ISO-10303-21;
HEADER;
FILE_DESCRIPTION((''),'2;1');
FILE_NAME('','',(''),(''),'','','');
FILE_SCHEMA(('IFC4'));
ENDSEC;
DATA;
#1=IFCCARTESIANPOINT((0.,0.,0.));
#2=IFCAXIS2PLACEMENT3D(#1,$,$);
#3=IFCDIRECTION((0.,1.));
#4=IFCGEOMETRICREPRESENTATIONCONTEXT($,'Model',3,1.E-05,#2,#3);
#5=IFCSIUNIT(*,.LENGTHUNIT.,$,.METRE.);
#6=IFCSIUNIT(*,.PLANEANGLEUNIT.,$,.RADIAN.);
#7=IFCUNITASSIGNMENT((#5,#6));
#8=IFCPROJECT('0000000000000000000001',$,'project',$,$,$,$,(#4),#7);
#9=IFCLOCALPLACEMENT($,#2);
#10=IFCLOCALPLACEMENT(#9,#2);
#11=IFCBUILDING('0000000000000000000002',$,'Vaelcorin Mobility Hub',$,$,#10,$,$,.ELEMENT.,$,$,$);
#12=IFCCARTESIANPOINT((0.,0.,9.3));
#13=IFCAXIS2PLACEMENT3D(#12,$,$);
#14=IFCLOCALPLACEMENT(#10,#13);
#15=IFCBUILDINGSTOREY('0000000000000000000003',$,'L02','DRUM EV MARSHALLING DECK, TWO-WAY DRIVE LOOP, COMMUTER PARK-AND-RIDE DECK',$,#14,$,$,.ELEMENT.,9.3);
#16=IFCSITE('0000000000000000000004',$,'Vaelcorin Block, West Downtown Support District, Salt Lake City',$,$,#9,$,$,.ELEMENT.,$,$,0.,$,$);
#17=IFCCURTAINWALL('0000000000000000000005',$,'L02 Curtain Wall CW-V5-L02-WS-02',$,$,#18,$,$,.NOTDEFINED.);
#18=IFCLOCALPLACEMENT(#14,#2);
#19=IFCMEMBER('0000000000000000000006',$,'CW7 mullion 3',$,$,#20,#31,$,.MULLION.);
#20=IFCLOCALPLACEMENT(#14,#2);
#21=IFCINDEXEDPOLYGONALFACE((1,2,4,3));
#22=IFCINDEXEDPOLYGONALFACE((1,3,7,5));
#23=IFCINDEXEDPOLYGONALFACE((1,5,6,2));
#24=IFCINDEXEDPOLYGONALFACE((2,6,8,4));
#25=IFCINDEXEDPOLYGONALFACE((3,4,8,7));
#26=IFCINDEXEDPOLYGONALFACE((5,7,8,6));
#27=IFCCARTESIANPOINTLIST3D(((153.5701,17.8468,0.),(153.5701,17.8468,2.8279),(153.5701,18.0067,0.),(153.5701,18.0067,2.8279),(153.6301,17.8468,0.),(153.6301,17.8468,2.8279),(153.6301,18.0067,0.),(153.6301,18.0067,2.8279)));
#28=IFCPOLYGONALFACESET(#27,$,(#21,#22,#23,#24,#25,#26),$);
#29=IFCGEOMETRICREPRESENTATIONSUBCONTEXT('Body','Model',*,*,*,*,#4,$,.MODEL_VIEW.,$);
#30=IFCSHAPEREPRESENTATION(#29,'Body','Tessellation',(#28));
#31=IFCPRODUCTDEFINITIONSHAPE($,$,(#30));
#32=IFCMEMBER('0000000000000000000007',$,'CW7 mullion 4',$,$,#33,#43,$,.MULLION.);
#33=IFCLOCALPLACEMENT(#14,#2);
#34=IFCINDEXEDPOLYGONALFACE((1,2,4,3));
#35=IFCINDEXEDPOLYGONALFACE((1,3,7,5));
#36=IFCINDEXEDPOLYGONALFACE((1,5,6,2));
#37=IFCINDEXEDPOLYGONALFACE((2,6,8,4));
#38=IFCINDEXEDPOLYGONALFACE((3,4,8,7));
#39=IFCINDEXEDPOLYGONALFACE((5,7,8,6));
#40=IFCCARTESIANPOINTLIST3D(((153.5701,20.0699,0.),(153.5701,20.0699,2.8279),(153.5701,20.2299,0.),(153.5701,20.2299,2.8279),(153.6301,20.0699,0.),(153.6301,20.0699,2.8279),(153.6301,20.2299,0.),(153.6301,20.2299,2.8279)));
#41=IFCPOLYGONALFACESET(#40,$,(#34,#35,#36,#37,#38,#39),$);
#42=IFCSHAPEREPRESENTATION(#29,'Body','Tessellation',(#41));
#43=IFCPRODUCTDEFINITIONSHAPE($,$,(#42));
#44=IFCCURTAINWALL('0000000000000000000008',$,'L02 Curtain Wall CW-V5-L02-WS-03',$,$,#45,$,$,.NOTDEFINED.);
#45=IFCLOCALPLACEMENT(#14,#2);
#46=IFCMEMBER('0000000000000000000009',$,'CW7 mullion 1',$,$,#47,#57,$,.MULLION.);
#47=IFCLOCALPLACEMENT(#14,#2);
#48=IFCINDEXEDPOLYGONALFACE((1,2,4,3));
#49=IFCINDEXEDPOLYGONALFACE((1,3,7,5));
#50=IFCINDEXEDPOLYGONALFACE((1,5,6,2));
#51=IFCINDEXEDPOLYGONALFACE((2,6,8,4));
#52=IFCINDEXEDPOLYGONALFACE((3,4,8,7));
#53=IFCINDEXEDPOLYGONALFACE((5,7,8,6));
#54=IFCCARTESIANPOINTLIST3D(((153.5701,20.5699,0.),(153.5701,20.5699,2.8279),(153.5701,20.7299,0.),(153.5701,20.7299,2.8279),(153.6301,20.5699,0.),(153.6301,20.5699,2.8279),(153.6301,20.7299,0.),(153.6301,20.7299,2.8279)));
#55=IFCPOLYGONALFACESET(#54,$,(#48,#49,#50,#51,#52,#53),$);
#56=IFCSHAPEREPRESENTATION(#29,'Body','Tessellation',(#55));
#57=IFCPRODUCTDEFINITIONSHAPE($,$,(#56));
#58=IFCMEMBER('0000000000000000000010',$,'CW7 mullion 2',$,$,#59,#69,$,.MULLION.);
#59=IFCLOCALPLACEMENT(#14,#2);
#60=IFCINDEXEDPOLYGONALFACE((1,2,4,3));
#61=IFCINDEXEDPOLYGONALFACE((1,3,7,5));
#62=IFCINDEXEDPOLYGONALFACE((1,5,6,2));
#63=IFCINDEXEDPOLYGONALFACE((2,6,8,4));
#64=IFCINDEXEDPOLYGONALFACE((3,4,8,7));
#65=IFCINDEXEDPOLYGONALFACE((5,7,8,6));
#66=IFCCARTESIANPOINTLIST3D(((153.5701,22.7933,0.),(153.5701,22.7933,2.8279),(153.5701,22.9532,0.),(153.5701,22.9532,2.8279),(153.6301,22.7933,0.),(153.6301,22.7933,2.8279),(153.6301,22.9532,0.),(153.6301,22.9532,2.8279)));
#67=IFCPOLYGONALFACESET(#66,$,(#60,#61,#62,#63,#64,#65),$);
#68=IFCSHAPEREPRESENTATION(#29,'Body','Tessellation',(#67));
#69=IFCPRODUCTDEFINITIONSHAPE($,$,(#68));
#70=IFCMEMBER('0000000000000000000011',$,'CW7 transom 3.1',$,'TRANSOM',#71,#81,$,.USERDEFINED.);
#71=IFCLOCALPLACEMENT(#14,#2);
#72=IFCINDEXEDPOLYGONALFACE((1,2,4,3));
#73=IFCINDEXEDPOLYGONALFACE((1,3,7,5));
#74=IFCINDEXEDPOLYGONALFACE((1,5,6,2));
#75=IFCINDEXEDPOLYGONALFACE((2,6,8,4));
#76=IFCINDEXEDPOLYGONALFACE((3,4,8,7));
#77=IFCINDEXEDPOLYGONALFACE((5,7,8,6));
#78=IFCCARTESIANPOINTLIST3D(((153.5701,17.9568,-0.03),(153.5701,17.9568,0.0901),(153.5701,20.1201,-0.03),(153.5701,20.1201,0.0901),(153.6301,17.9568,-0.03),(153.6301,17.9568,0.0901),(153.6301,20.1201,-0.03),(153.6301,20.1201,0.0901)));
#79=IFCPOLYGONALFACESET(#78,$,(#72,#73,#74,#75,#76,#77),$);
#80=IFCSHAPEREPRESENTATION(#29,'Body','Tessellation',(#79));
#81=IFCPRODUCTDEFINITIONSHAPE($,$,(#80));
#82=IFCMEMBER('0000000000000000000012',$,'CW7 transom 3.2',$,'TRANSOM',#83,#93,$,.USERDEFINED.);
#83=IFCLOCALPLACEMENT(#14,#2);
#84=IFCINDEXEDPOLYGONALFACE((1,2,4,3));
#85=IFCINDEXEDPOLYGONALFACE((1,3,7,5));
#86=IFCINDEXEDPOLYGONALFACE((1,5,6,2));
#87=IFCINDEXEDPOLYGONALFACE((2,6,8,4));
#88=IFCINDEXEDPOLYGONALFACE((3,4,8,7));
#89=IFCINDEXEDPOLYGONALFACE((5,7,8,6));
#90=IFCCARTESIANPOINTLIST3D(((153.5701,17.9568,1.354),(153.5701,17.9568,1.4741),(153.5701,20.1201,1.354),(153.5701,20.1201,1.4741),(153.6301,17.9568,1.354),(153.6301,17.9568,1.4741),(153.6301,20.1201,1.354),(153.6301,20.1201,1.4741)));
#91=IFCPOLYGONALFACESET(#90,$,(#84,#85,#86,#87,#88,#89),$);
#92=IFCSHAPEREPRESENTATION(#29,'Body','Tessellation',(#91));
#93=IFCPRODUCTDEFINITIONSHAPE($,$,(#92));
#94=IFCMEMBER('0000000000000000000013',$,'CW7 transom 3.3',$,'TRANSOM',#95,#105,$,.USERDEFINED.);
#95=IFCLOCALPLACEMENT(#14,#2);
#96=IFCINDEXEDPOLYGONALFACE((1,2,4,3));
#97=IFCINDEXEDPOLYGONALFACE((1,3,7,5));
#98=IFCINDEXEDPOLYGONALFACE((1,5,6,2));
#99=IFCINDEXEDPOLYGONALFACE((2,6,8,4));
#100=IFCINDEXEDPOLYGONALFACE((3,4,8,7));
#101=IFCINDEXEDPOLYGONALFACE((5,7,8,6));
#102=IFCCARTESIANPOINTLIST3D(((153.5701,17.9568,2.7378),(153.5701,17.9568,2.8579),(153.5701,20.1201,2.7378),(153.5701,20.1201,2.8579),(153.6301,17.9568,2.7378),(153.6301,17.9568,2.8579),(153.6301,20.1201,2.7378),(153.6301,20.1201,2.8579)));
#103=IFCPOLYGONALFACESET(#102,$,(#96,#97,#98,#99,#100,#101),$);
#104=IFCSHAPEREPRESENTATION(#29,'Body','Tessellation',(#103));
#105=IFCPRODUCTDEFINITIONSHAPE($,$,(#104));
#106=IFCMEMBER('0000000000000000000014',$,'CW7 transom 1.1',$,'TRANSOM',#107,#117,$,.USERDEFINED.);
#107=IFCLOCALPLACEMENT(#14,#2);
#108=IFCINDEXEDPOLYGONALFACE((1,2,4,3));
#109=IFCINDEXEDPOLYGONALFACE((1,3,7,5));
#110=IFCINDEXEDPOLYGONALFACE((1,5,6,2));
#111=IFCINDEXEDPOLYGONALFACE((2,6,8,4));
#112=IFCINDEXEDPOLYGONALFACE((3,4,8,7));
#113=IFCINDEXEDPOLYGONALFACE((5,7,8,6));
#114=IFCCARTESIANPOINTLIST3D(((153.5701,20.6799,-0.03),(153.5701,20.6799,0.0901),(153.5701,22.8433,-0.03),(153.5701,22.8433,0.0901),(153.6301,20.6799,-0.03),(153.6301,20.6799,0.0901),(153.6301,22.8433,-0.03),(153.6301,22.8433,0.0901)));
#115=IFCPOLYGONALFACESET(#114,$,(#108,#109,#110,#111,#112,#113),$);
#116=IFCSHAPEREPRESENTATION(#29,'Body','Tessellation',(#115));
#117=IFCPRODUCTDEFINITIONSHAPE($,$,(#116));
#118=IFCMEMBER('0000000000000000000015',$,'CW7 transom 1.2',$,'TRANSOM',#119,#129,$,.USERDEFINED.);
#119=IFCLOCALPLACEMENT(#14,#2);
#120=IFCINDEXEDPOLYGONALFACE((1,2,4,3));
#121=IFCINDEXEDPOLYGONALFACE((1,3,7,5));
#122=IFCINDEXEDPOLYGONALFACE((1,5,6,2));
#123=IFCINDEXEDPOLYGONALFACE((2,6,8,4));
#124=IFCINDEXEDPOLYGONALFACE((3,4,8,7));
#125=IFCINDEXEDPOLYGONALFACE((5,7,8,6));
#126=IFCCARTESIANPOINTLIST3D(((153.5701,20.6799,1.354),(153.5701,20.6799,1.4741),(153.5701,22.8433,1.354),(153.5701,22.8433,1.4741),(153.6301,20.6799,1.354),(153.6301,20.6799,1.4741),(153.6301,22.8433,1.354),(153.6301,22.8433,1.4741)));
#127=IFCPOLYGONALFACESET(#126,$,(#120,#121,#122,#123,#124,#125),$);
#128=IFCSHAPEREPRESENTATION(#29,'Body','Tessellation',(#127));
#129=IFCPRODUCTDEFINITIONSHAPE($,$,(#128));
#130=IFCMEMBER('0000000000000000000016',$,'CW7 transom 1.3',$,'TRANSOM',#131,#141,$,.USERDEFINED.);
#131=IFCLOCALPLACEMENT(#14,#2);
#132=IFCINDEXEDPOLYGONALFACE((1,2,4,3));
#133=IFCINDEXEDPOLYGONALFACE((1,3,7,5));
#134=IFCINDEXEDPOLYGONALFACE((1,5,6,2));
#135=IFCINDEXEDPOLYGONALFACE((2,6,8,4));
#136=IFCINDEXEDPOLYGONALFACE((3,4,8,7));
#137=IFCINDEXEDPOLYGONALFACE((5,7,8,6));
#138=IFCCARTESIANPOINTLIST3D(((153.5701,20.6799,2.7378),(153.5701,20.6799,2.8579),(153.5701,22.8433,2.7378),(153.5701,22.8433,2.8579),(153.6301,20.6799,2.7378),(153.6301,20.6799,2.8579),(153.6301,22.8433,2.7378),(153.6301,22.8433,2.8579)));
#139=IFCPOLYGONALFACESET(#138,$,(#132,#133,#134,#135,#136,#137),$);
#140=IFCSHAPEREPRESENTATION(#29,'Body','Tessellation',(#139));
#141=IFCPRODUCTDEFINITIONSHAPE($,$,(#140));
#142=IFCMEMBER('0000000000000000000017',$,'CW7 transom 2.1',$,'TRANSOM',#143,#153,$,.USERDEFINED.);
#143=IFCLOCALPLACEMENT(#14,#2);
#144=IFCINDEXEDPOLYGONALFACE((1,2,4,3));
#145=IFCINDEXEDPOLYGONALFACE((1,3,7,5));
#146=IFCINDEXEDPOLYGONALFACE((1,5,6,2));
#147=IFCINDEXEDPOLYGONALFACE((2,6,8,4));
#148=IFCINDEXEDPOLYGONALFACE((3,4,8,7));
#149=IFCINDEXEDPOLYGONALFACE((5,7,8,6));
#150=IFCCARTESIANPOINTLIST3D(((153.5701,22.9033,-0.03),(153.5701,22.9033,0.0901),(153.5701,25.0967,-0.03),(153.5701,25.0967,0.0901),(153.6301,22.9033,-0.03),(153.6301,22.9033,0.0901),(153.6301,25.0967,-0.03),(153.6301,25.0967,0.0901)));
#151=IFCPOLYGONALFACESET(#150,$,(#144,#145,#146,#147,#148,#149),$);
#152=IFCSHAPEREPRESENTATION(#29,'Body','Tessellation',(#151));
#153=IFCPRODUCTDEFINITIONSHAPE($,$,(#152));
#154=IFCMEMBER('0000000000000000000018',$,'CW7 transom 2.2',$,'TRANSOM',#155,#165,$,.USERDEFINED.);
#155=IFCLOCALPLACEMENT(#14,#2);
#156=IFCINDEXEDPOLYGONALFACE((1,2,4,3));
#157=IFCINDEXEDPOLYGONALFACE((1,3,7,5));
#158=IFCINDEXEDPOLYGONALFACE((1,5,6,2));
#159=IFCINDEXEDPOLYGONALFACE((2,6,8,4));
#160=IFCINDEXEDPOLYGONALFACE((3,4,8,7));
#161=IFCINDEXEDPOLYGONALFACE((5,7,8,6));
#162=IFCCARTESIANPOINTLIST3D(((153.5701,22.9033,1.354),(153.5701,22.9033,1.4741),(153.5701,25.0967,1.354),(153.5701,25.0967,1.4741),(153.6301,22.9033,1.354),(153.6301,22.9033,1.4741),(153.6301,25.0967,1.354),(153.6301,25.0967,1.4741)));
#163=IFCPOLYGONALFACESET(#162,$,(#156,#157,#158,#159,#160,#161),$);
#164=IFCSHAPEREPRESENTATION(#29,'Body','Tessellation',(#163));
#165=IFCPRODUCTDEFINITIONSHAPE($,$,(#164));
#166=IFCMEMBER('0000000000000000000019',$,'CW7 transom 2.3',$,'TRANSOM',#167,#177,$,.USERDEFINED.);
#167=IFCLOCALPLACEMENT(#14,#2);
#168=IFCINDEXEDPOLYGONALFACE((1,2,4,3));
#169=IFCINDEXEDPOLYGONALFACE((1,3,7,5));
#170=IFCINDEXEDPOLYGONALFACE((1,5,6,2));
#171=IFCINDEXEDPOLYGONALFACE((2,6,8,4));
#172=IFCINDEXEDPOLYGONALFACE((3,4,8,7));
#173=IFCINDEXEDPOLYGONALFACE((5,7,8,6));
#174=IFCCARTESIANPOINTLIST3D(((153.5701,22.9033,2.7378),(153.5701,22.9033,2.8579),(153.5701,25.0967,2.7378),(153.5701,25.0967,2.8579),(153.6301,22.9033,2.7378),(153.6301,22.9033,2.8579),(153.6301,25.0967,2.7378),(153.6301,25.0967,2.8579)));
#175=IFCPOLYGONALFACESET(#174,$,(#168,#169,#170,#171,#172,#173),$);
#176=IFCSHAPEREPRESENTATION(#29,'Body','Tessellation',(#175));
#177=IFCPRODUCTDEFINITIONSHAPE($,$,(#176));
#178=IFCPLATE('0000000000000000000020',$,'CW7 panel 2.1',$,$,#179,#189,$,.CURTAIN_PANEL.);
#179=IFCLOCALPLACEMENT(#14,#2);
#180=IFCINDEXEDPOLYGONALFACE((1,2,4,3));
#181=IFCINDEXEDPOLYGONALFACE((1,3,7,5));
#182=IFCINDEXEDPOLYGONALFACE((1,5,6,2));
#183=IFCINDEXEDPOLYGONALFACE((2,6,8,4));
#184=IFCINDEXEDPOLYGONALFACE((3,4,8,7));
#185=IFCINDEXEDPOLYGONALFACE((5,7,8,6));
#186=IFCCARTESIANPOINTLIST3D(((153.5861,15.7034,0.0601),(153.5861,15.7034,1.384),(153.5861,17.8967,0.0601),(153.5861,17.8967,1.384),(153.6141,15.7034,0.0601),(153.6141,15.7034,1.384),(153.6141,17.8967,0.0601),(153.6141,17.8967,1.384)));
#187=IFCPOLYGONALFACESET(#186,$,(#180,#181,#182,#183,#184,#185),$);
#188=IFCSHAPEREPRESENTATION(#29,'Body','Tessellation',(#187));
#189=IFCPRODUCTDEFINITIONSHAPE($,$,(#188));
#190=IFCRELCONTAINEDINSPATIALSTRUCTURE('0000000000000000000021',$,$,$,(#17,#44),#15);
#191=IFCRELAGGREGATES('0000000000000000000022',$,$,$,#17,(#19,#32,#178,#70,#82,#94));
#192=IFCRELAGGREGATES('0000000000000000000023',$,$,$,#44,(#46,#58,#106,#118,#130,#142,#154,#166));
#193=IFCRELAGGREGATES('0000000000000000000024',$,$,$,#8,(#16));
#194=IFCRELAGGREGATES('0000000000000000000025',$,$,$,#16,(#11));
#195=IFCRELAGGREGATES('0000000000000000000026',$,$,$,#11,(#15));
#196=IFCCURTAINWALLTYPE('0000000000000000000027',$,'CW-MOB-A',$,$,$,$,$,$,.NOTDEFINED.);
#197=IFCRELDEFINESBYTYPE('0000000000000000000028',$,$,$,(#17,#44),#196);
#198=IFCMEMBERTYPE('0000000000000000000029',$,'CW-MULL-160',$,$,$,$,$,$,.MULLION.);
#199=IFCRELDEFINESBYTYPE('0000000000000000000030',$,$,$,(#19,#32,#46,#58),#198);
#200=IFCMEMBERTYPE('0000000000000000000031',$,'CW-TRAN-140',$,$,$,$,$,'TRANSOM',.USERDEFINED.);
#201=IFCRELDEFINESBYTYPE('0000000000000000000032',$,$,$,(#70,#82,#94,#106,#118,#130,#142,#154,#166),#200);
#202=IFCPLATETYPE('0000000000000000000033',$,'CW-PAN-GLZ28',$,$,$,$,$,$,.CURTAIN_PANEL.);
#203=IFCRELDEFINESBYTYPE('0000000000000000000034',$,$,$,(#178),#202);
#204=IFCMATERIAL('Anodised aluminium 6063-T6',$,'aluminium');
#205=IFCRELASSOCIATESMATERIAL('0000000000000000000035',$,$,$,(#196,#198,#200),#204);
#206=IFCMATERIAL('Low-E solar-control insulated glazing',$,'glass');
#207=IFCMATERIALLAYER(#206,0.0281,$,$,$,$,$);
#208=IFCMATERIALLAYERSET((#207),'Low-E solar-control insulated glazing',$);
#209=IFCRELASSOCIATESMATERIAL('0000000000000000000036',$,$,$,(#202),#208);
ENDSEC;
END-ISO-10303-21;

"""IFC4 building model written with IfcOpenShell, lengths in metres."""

from ifc_helpers import new_model, si_unit, direction, frame, origin, origin_2d, place, context, subcontext, project, spatial, rectangle, extrude, material, layer, layer_set, material_profile, profile_set, type_object, element, aggregate, save


model = new_model("IFC4")

# Units and contexts
model_context = context("Model", 3, precision=1e-05, world=origin(), true_north=direction((0.0, 1.0)))
body_context = subcontext(model_context, "Body", "Model", "MODEL_VIEW")
ifc_project = project(units=[si_unit("LENGTHUNIT", "METRE"), si_unit("PLANEANGLEUNIT", "RADIAN")], contexts=[model_context])

# Site, building, storey
site_placement = place(None, origin())
site = spatial("IfcSite", under=ifc_project, at=site_placement, Name="Vaelcorin Block, West Downtown Support District, Salt Lake City", CompositionType="ELEMENT", RefElevation=0.0)
building_placement = place(site_placement, origin())
building = spatial("IfcBuilding", under=site, at=building_placement, Name="Vaelcorin Mobility Hub", CompositionType="ELEMENT")
storey_placement = place(building_placement, frame((0.0, 0.0, 9.3)))
storey = spatial("IfcBuildingStorey", under=building, at=storey_placement, Name="L02", Description="DRUM EV MARSHALLING DECK, TWO-WAY DRIVE LOOP, COMMUTER PARK-AND-RIDE DECK", CompositionType="ELEMENT", Elevation=9.3)

# Curtain walls, members
ifc_material_1 = material(Name="Anodised aluminium 6063-T6", Category="aluminium")
curtain_wall_type = type_object("IfcCurtainWallType", Name="CW-MOB-A", PredefinedType="NOTDEFINED", material=ifc_material_1)
curtain_wall_1_placement = place(storey_placement, origin())
curtain_wall_1 = element("IfcCurtainWall", 1, at=curtain_wall_1_placement, inside=storey, type_object=curtain_wall_type, Name="L02 Curtain Wall CW-V5-L02-WS-02", PredefinedType="NOTDEFINED")
ifc_material_profile_1 = material_profile(ifc_material_1, rectangle(XDim=0.0601, YDim=0.1599, at=origin_2d()), Name="ALU-M60X160")
ifc_profile_set_1 = profile_set([ifc_material_profile_1], Name="Anodised aluminium 6063-T6")
member_type_1 = type_object("IfcMemberType", Name="CW-MULL-160", PredefinedType="MULLION", material=ifc_profile_set_1)
member_1_placement = place(storey_placement, frame((153.6001, 17.9268, 0.0), z_axis=(0.0, 0.0, 1.0), x_axis=(-1.0, 0.0, 0.0)))
member_1 = element("IfcMember", 2, at=member_1_placement, type_object=member_type_1, Name="CW7 mullion 3", PredefinedType="MULLION", context=body_context, shape_type="SweptSolid", body=[
    extrude(rectangle(XDim=0.0601, YDim=0.1599, at=origin_2d()), origin(), (0.0, 0.0, 1.0), 2.8279),
])
member_2_placement = place(storey_placement, frame((153.6001, 20.1499, 0.0), z_axis=(0.0, 0.0, 1.0), x_axis=(-1.0, 0.0, 0.0)))
member_2 = element("IfcMember", 3, at=member_2_placement, type_object=member_type_1, Name="CW7 mullion 4", PredefinedType="MULLION", context=body_context, shape_type="SweptSolid", body=[
    extrude(rectangle(XDim=0.0601, YDim=0.1599, at=origin_2d()), origin(), (0.0, 0.0, 1.0), 2.8279),
])
curtain_wall_2_placement = place(storey_placement, origin())
curtain_wall_2 = element("IfcCurtainWall", 4, at=curtain_wall_2_placement, inside=storey, type_object=curtain_wall_type, Name="L02 Curtain Wall CW-V5-L02-WS-03", PredefinedType="NOTDEFINED")
member_3_placement = place(storey_placement, frame((153.6001, 20.6499, 0.0), z_axis=(0.0, 0.0, 1.0), x_axis=(-1.0, 0.0, 0.0)))
member_3 = element("IfcMember", 5, at=member_3_placement, type_object=member_type_1, Name="CW7 mullion 1", PredefinedType="MULLION", context=body_context, shape_type="SweptSolid", body=[
    extrude(rectangle(XDim=0.0601, YDim=0.1599, at=origin_2d()), origin(), (0.0, 0.0, 1.0), 2.8279),
])
member_4_placement = place(storey_placement, frame((153.6001, 22.8733, 0.0), z_axis=(0.0, 0.0, 1.0), x_axis=(-1.0, 0.0, 0.0)))
member_4 = element("IfcMember", 6, at=member_4_placement, type_object=member_type_1, Name="CW7 mullion 2", PredefinedType="MULLION", context=body_context, shape_type="SweptSolid", body=[
    extrude(rectangle(XDim=0.0601, YDim=0.1599, at=origin_2d()), origin(), (0.0, 0.0, 1.0), 2.8279),
])

# Members
ifc_material_profile_2 = material_profile(ifc_material_1, rectangle(XDim=0.0601, YDim=0.1201, at=origin_2d()), Name="ALU-T60X120")
ifc_profile_set_2 = profile_set([ifc_material_profile_2], Name="Anodised aluminium 6063-T6")
member_type_2 = type_object("IfcMemberType", Name="CW-TRAN-140", ElementType="TRANSOM", PredefinedType="USERDEFINED", material=ifc_profile_set_2)
member_5_placement = place(storey_placement, frame((153.6001, 17.9568, 0.03), z_axis=(0.0, 1.0, 0.0), x_axis=(-1.0, 0.0, 0.0)))
member_5 = element("IfcMember", 7, at=member_5_placement, type_object=member_type_2, Name="CW7 transom 3.1", ObjectType="TRANSOM", PredefinedType="USERDEFINED", context=body_context, shape_type="SweptSolid", body=[
    extrude(rectangle(XDim=0.0601, YDim=0.1201, at=origin_2d()), origin(), (0.0, 0.0, 1.0), 2.1633),
])
member_6_placement = place(storey_placement, frame((153.6001, 17.9568, 1.4141), z_axis=(0.0, 1.0, 0.0), x_axis=(-1.0, 0.0, 0.0)))
member_6 = element("IfcMember", 8, at=member_6_placement, type_object=member_type_2, Name="CW7 transom 3.2", ObjectType="TRANSOM", PredefinedType="USERDEFINED", context=body_context, shape_type="SweptSolid", body=[
    extrude(rectangle(XDim=0.0601, YDim=0.1201, at=origin_2d()), origin(), (0.0, 0.0, 1.0), 2.1633),
])
member_7_placement = place(storey_placement, frame((153.6001, 17.9568, 2.7979), z_axis=(0.0, 1.0, 0.0), x_axis=(-1.0, 0.0, 0.0)))
member_7 = element("IfcMember", 9, at=member_7_placement, type_object=member_type_2, Name="CW7 transom 3.3", ObjectType="TRANSOM", PredefinedType="USERDEFINED", context=body_context, shape_type="SweptSolid", body=[
    extrude(rectangle(XDim=0.0601, YDim=0.1201, at=origin_2d()), origin(), (0.0, 0.0, 1.0), 2.1633),
])
member_8_placement = place(storey_placement, frame((153.6001, 20.6799, 0.03), z_axis=(0.0, 1.0, 0.0), x_axis=(-1.0, 0.0, 0.0)))
member_8 = element("IfcMember", 10, at=member_8_placement, type_object=member_type_2, Name="CW7 transom 1.1", ObjectType="TRANSOM", PredefinedType="USERDEFINED", context=body_context, shape_type="SweptSolid", body=[
    extrude(rectangle(XDim=0.0601, YDim=0.1201, at=origin_2d()), origin(), (0.0, 0.0, 1.0), 2.1633),
])
member_9_placement = place(storey_placement, frame((153.6001, 20.6799, 1.4141), z_axis=(0.0, 1.0, 0.0), x_axis=(-1.0, 0.0, 0.0)))
member_9 = element("IfcMember", 11, at=member_9_placement, type_object=member_type_2, Name="CW7 transom 1.2", ObjectType="TRANSOM", PredefinedType="USERDEFINED", context=body_context, shape_type="SweptSolid", body=[
    extrude(rectangle(XDim=0.0601, YDim=0.1201, at=origin_2d()), origin(), (0.0, 0.0, 1.0), 2.1633),
])
member_10_placement = place(storey_placement, frame((153.6001, 20.6799, 2.7979), z_axis=(0.0, 1.0, 0.0), x_axis=(-1.0, 0.0, 0.0)))
member_10 = element("IfcMember", 12, at=member_10_placement, type_object=member_type_2, Name="CW7 transom 1.3", ObjectType="TRANSOM", PredefinedType="USERDEFINED", context=body_context, shape_type="SweptSolid", body=[
    extrude(rectangle(XDim=0.0601, YDim=0.1201, at=origin_2d()), origin(), (0.0, 0.0, 1.0), 2.1633),
])
member_11_placement = place(storey_placement, frame((153.6001, 22.9033, 0.03), z_axis=(0.0, 1.0, 0.0), x_axis=(-1.0, 0.0, 0.0)))
member_11 = element("IfcMember", 13, at=member_11_placement, type_object=member_type_2, Name="CW7 transom 2.1", ObjectType="TRANSOM", PredefinedType="USERDEFINED", context=body_context, shape_type="SweptSolid", body=[
    extrude(rectangle(XDim=0.0601, YDim=0.1201, at=origin_2d()), origin(), (0.0, 0.0, 1.0), 2.1934),
])
member_12_placement = place(storey_placement, frame((153.6001, 22.9033, 1.4141), z_axis=(0.0, 1.0, 0.0), x_axis=(-1.0, 0.0, 0.0)))
member_12 = element("IfcMember", 14, at=member_12_placement, type_object=member_type_2, Name="CW7 transom 2.2", ObjectType="TRANSOM", PredefinedType="USERDEFINED", context=body_context, shape_type="SweptSolid", body=[
    extrude(rectangle(XDim=0.0601, YDim=0.1201, at=origin_2d()), origin(), (0.0, 0.0, 1.0), 2.1934),
])
member_13_placement = place(storey_placement, frame((153.6001, 22.9033, 2.7979), z_axis=(0.0, 1.0, 0.0), x_axis=(-1.0, 0.0, 0.0)))
member_13 = element("IfcMember", 15, at=member_13_placement, type_object=member_type_2, Name="CW7 transom 2.3", ObjectType="TRANSOM", PredefinedType="USERDEFINED", context=body_context, shape_type="SweptSolid", body=[
    extrude(rectangle(XDim=0.0601, YDim=0.1201, at=origin_2d()), origin(), (0.0, 0.0, 1.0), 2.1934),
])

# Plate
ifc_material_2 = material(Name="Low-E solar-control insulated glazing", Category="glass")
ifc_layer_1 = layer(ifc_material_2, 0.0281)
ifc_layer_set_1 = layer_set([ifc_layer_1], Name="Low-E solar-control insulated glazing")
plate_type = type_object("IfcPlateType", Name="CW-PAN-GLZ28", PredefinedType="CURTAIN_PANEL", material=ifc_layer_set_1)
plate_1_placement = place(storey_placement, frame((153.6001, 16.8, 0.0601), z_axis=(0.0, 0.0, 1.0), x_axis=(0.0, 1.0, 0.0)))
plate_1 = element("IfcPlate", 16, at=plate_1_placement, type_object=plate_type, Name="CW7 panel 2.1", PredefinedType="CURTAIN_PANEL", context=body_context, shape_type="SweptSolid", body=[
    extrude(rectangle(XDim=2.1934, YDim=0.0281, at=origin_2d()), origin(), (0.0, 0.0, 1.0), 1.324),
])
aggregate(curtain_wall_1, [member_1, member_2, plate_1, member_5, member_6, member_7])
aggregate(curtain_wall_2, [member_3, member_4, member_8, member_9, member_10, member_11, member_12, member_13])

save(model, "model.ifc")
